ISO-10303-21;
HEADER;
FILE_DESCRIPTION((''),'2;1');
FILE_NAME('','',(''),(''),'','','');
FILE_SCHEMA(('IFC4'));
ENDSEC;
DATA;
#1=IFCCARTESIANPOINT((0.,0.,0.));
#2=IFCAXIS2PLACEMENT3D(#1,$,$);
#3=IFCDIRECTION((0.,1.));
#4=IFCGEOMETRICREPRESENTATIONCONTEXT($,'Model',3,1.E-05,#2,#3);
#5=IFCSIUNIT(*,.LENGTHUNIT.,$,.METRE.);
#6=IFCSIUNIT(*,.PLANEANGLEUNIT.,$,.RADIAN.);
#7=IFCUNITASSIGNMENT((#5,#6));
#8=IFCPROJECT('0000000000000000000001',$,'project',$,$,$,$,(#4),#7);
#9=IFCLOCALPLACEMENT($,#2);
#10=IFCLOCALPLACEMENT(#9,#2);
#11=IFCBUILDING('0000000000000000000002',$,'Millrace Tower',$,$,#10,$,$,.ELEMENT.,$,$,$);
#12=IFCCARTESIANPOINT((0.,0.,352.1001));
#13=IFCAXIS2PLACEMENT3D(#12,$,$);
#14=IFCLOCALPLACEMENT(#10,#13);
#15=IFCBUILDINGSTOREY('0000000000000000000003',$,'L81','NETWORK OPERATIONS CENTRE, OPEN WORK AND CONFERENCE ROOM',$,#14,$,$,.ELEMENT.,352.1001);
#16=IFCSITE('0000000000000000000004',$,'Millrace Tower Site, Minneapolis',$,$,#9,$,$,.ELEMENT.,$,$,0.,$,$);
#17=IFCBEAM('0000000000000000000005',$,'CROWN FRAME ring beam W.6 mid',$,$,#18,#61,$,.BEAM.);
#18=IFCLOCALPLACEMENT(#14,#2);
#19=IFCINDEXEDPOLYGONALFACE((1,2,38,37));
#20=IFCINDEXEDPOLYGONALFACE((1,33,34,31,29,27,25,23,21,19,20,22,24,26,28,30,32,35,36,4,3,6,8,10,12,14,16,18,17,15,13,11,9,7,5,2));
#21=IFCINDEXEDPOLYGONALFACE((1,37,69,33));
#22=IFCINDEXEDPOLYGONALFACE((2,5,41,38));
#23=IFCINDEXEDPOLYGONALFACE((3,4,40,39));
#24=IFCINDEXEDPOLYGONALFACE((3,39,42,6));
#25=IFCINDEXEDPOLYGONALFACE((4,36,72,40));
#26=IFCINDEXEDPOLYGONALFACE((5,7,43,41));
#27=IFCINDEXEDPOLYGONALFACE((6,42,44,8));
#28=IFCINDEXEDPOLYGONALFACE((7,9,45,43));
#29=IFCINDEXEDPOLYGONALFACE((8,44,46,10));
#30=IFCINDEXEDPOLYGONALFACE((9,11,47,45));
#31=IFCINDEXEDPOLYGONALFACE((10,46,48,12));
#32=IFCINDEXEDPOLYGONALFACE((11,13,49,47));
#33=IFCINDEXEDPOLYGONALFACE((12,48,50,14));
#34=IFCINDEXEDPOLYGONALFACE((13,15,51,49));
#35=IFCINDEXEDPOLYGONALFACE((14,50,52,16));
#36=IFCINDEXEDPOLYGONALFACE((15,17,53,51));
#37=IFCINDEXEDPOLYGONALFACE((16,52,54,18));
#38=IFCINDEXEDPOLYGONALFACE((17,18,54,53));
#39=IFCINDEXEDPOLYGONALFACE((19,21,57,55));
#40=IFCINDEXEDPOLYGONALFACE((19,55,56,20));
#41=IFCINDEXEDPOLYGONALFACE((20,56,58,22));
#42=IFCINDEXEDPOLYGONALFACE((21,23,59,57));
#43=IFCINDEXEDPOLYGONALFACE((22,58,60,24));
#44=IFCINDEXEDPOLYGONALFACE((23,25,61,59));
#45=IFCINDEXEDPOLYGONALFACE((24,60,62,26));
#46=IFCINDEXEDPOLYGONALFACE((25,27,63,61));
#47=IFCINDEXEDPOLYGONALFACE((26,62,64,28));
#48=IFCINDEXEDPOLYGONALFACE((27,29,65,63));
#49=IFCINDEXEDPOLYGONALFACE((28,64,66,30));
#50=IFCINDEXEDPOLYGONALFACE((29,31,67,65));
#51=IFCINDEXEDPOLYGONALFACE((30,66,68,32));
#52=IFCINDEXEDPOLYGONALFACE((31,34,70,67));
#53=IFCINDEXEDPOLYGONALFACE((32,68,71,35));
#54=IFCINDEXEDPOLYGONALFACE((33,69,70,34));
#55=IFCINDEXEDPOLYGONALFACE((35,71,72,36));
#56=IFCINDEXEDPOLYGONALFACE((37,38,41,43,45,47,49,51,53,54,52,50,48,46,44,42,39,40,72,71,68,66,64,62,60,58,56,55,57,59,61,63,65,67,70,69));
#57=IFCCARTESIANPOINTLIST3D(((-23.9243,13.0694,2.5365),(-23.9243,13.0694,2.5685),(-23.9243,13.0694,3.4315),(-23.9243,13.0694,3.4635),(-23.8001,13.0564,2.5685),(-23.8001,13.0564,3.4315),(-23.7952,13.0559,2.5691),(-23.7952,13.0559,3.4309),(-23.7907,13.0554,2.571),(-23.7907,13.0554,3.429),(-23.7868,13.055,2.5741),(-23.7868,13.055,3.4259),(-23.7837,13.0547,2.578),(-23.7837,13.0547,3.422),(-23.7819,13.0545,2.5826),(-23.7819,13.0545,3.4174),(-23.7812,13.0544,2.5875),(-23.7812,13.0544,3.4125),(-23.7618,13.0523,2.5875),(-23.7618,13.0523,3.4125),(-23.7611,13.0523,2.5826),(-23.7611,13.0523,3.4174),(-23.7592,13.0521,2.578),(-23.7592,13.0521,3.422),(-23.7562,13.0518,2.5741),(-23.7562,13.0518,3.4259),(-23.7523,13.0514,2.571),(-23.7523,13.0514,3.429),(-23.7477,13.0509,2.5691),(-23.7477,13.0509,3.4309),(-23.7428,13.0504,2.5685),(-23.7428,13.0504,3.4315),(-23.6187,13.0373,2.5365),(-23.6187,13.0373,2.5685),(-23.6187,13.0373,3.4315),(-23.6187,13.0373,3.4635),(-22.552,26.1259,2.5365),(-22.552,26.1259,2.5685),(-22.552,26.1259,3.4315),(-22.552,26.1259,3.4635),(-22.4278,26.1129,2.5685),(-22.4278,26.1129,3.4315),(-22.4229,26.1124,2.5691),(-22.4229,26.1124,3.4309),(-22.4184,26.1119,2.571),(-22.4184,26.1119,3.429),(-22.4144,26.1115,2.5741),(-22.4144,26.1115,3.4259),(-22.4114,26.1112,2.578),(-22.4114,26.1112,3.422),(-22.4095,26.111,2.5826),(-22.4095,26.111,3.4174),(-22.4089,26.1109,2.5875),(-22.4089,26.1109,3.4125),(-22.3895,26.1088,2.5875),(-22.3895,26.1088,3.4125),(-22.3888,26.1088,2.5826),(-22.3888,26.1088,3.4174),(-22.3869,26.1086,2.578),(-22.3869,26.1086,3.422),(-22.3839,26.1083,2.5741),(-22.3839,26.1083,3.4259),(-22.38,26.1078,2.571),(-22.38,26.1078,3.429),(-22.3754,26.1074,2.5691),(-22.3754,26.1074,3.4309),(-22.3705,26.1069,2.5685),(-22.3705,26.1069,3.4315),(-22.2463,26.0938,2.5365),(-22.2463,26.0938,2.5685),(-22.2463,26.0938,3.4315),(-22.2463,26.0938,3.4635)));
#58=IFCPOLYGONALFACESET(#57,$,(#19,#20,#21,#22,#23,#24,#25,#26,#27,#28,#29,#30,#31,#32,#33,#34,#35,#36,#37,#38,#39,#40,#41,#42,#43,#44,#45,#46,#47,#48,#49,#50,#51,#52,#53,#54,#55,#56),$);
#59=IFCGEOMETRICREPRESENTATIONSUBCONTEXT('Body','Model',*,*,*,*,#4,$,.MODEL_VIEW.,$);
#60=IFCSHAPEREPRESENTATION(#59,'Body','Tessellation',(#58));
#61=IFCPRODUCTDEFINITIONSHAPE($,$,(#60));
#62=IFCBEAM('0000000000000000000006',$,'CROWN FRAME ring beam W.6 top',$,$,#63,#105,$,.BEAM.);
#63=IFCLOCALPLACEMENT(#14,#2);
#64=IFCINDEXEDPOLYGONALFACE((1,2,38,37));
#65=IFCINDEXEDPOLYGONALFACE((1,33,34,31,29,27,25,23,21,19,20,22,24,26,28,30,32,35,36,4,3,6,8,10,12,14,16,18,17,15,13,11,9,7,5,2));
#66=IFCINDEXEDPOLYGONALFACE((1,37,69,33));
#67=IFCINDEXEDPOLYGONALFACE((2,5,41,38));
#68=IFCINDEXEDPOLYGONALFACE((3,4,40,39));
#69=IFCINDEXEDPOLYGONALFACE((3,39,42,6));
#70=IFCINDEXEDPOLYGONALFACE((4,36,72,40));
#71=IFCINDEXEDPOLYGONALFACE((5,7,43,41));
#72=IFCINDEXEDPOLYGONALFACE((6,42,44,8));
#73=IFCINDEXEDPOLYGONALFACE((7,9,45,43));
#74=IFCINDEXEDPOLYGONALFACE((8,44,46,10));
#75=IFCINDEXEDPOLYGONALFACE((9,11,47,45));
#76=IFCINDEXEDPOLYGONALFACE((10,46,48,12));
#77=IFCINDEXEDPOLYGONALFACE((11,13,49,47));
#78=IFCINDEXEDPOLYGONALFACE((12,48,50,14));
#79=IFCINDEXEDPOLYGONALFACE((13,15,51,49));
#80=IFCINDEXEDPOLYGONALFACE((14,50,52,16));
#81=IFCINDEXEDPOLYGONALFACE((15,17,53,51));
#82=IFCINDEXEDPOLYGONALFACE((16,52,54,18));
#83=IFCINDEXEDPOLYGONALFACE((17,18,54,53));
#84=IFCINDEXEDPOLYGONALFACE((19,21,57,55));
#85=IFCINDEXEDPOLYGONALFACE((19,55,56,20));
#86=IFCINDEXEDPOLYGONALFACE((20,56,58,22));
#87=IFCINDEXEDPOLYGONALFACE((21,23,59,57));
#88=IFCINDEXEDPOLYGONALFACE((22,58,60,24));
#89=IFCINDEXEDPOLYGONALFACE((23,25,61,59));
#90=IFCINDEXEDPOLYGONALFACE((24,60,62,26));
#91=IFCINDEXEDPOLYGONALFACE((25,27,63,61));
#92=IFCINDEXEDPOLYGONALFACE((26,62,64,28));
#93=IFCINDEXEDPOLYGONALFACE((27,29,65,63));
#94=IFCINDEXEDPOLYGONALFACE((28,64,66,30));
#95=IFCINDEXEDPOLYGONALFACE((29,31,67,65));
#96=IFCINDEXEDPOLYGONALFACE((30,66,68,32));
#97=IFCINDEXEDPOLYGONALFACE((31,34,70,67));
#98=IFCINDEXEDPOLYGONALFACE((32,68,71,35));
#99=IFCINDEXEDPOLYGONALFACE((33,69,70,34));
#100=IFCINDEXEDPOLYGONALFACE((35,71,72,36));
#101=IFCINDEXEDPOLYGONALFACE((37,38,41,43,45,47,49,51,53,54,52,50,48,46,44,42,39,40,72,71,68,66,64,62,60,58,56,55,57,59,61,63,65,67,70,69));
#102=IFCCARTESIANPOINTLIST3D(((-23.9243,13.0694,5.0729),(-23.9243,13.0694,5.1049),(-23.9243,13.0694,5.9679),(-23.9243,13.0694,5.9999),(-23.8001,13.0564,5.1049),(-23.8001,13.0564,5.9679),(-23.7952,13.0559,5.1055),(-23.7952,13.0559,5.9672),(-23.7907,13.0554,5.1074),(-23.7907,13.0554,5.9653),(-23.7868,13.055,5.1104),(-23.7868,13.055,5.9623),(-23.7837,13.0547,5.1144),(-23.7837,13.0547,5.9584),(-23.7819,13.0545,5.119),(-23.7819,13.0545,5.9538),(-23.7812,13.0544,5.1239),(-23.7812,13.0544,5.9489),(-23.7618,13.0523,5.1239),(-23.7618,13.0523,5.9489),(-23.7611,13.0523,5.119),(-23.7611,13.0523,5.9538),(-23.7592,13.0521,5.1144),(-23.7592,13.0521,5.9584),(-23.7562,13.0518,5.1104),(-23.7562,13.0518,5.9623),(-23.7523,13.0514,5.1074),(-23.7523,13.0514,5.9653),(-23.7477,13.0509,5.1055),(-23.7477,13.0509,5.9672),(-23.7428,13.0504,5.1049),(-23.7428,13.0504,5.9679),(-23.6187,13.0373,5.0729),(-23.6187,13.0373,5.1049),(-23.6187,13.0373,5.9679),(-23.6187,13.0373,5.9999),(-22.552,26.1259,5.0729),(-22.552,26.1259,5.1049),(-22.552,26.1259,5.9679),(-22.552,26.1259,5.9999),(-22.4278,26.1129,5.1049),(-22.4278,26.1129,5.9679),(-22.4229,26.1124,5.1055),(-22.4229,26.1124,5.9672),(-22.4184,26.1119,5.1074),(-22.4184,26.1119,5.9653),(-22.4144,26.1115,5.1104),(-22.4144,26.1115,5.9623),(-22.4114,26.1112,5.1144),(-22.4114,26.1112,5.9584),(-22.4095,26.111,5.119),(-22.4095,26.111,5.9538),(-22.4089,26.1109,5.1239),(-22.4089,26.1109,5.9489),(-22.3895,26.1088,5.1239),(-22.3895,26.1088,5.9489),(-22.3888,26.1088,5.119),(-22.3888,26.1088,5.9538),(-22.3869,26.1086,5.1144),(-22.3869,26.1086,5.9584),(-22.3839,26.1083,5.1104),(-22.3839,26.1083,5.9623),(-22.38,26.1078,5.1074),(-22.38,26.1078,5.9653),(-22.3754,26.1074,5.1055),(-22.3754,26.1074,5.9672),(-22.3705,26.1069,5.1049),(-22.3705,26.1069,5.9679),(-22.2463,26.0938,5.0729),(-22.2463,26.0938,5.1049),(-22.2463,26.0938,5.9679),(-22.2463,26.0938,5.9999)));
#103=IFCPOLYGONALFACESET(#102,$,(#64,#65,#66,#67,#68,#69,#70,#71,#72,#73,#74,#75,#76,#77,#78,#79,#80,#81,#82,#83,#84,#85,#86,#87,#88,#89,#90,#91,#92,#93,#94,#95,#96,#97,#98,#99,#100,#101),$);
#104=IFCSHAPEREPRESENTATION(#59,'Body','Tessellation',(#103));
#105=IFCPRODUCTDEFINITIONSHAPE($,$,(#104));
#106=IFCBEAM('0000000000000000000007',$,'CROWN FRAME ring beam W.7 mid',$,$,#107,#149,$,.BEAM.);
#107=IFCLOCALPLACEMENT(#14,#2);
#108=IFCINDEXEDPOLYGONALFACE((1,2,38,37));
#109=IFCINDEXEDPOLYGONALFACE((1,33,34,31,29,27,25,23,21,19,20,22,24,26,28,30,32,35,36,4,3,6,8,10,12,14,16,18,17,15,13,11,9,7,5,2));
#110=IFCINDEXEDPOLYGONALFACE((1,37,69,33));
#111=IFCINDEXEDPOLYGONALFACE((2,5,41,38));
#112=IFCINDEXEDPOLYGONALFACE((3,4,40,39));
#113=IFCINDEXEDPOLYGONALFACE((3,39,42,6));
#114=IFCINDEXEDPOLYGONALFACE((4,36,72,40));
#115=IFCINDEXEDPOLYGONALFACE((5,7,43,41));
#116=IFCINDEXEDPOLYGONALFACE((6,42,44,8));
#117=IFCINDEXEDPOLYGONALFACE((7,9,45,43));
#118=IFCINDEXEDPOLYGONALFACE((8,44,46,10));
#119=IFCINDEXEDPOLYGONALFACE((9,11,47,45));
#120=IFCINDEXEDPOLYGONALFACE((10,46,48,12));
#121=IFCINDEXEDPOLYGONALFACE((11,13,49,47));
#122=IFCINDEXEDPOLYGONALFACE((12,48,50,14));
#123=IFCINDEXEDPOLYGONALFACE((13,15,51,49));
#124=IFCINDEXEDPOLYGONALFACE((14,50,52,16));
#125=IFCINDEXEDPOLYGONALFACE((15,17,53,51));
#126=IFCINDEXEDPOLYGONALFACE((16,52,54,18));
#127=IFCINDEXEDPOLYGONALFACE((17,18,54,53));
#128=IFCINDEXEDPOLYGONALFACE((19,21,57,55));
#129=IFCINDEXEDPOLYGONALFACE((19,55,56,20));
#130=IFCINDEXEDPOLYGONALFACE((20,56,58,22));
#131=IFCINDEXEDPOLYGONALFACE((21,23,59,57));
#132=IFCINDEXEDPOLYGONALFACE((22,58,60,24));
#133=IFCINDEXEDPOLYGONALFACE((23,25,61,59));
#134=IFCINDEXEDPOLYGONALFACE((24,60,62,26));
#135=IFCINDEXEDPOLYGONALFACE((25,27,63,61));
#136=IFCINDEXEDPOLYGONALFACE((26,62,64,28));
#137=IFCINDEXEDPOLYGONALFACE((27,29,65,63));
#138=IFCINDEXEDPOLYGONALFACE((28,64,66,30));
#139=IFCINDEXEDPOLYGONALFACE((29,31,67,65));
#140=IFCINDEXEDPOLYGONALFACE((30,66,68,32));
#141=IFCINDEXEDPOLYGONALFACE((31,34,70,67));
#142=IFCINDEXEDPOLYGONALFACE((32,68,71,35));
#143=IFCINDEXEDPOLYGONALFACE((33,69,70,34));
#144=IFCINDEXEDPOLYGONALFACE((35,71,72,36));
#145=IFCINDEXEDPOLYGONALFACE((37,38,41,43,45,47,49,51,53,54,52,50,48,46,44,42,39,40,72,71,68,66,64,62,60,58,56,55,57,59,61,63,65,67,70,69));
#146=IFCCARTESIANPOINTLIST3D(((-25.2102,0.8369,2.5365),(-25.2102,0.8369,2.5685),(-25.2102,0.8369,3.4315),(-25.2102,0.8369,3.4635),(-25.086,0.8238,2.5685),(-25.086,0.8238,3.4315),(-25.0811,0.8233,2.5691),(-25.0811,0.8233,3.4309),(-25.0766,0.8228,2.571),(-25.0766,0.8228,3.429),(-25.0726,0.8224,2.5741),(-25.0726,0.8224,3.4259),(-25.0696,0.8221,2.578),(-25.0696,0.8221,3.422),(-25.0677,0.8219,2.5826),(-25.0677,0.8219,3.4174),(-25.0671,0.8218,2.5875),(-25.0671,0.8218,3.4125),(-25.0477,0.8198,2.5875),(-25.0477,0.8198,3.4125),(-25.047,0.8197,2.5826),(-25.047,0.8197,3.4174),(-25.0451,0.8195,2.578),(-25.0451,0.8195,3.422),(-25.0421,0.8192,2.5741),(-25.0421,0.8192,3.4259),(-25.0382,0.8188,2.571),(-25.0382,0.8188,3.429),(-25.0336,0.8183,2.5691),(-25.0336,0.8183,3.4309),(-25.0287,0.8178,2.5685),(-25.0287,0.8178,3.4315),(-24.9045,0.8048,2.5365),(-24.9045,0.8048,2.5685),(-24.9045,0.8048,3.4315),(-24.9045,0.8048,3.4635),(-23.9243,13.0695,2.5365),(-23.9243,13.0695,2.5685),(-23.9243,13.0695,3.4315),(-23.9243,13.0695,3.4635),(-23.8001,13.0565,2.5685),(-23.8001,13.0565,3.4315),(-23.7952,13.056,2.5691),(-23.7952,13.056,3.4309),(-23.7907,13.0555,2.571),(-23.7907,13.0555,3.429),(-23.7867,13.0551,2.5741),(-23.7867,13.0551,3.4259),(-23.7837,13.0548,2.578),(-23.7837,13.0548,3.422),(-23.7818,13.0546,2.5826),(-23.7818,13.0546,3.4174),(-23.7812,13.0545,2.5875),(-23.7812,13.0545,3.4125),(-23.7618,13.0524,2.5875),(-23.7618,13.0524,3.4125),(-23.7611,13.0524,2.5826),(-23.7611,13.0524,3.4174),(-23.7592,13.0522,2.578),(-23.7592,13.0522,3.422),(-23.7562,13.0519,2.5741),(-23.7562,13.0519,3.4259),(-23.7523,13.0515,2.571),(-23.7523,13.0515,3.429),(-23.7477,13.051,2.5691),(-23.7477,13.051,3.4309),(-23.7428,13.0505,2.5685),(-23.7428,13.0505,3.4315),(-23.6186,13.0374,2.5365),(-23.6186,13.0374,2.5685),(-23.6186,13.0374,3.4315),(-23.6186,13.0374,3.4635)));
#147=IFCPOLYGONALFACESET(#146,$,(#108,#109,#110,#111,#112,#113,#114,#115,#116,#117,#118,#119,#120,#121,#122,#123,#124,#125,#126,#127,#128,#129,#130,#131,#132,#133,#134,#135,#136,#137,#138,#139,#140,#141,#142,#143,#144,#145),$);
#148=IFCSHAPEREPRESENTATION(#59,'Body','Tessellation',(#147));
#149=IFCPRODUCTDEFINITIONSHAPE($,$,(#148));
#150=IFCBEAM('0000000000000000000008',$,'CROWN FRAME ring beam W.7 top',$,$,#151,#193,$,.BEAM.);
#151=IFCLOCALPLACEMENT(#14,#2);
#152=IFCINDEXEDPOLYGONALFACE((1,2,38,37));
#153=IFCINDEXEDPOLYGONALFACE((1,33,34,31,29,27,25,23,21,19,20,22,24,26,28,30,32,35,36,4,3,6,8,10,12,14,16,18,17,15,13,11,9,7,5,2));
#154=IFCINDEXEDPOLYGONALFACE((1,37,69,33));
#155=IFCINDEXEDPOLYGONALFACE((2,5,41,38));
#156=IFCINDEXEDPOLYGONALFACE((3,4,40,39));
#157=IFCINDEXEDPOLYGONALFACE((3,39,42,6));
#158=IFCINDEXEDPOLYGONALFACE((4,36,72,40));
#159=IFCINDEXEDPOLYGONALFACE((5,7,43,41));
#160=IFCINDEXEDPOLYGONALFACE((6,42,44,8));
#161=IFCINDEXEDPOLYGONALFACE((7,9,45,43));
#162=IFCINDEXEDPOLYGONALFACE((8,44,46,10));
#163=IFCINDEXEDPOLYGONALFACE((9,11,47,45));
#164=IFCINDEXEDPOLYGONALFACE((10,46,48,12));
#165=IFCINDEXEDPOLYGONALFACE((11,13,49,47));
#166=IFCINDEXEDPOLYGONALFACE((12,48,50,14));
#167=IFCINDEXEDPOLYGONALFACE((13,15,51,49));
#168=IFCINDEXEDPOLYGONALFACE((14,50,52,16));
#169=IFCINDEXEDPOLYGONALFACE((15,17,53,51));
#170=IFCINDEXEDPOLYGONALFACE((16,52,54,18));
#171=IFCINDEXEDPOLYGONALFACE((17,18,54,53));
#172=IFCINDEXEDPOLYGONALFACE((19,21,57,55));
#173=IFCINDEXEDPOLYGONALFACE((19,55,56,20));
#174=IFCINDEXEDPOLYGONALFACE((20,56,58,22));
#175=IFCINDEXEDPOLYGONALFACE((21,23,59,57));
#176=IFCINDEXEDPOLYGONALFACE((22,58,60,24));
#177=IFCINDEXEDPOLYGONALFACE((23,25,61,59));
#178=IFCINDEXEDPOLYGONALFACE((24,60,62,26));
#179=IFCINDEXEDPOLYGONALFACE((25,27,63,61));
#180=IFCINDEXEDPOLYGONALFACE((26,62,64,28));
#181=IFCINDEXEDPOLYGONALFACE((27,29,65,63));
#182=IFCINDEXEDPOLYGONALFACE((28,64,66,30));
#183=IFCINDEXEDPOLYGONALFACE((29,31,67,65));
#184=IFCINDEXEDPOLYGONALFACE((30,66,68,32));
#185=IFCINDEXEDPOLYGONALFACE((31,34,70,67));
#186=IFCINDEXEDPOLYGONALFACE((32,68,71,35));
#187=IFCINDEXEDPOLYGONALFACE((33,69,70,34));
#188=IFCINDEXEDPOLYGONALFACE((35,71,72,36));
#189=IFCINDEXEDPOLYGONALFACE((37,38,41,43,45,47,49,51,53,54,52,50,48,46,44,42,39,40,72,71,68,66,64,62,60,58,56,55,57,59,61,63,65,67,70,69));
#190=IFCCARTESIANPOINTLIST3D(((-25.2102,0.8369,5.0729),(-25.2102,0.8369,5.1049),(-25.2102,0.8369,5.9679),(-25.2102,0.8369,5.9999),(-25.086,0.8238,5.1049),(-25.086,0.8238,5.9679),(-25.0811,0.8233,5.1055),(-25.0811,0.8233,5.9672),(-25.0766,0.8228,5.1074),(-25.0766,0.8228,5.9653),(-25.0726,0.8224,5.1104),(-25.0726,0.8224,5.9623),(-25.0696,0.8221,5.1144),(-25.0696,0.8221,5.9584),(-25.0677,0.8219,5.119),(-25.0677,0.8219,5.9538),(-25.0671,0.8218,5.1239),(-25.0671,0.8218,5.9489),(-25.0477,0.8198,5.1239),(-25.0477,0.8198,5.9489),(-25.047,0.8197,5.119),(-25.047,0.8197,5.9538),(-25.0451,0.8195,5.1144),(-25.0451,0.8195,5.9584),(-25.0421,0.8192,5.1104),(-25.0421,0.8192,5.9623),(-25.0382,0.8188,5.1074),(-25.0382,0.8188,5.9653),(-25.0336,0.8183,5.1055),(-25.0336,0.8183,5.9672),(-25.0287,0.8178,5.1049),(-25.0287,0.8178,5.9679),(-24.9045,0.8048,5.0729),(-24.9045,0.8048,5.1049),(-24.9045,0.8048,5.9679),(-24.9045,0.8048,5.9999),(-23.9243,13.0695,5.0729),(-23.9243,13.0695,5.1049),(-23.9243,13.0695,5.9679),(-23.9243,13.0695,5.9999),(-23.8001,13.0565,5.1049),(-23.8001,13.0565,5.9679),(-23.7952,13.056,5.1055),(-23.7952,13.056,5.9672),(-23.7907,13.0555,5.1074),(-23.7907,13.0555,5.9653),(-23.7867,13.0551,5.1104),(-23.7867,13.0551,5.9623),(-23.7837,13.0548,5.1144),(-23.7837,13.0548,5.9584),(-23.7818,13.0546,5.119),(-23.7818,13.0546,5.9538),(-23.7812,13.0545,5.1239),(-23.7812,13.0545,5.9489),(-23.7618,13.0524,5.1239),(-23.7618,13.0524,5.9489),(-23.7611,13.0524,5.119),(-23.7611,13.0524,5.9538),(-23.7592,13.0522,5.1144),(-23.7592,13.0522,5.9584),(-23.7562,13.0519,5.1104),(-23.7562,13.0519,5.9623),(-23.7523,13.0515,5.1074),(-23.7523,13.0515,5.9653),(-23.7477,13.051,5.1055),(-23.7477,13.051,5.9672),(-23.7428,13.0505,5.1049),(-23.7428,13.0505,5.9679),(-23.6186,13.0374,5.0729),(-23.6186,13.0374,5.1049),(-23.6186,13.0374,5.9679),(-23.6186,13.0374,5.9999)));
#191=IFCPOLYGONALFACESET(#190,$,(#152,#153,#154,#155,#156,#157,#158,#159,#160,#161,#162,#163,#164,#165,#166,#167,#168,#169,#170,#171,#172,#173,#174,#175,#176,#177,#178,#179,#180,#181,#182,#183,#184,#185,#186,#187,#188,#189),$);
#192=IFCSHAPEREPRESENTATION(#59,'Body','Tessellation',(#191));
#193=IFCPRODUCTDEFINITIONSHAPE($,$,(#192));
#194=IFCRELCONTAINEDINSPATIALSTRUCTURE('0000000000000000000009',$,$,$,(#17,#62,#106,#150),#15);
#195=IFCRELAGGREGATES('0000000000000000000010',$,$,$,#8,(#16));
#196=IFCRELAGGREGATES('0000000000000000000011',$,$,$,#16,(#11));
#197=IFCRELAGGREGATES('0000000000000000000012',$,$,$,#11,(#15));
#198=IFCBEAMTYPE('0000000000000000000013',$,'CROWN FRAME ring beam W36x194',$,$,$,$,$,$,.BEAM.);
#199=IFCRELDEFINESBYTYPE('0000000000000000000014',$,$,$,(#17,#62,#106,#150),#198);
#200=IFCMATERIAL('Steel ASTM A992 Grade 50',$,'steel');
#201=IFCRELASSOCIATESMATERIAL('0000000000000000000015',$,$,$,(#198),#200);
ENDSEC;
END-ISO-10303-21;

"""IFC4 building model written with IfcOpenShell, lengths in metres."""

from ifc_helpers import new_model, si_unit, direction, frame, origin, origin_2d, place, context, subcontext, project, spatial, i_section, extrude, material, material_profile, profile_set, type_object, element, save


model = new_model("IFC4")

# Units and contexts
model_context = context("Model", 3, precision=1e-05, world=origin(), true_north=direction((0.0, 1.0)))
body_context = subcontext(model_context, "Body", "Model", "MODEL_VIEW")
ifc_project = project(units=[si_unit("LENGTHUNIT", "METRE"), si_unit("PLANEANGLEUNIT", "RADIAN")], contexts=[model_context])

# Site, building, storey
site_placement = place(None, origin())
site = spatial("IfcSite", under=ifc_project, at=site_placement, Name="Millrace Tower Site, Minneapolis", CompositionType="ELEMENT", RefElevation=0.0)
building_placement = place(site_placement, origin())
building = spatial("IfcBuilding", under=site, at=building_placement, Name="Millrace Tower", CompositionType="ELEMENT")
storey_placement = place(building_placement, frame((0.0, 0.0, 352.1001)))
storey = spatial("IfcBuildingStorey", under=building, at=storey_placement, Name="L81", Description="NETWORK OPERATIONS CENTRE, OPEN WORK AND CONFERENCE ROOM", CompositionType="ELEMENT", Elevation=352.1001)

# Beams
ifc_material_1 = material(Name="Steel ASTM A992 Grade 50", Category="steel")
ifc_material_profile_1 = material_profile(ifc_material_1, i_section(OverallWidth=0.3074, OverallDepth=0.927, WebThickness=0.0195, FlangeThickness=0.032, FilletRadius=0.019, at=origin_2d()))
ifc_profile_set_1 = profile_set([ifc_material_profile_1], Name="Steel ASTM A992 Grade 50")
beam_type_1 = type_object("IfcBeamType", Name="CROWN FRAME ring beam W36x194", PredefinedType="BEAM", material=ifc_profile_set_1)
for number, where, z_axis, x_axis, name in (
    (1, (-22.3992, 26.1099, 3.0), (-0.104531, -0.994522, 0.0), (0.994522, -0.104531, 0.0), "CROWN FRAME ring beam W.6 mid"),
    (2, (-22.3992, 26.1099, 5.5364), (-0.104531, -0.994522, 0.0), (0.994522, -0.104531, 0.0), "CROWN FRAME ring beam W.6 top"),
):
    element("IfcBeam", number, at=place(storey_placement, frame(where, z_axis=z_axis, x_axis=x_axis)), inside=storey, type_object=beam_type_1, Name=name, PredefinedType="BEAM", context=body_context, shape_type="SweptSolid", body=[
        extrude(i_section(OverallWidth=0.3074, OverallDepth=0.927, WebThickness=0.0195, FlangeThickness=0.032, FilletRadius=0.019, at=origin_2d()), origin(), (0.0, 0.0, 1.0), 13.1284),
    ])
for number, where, z_axis, x_axis, name in (
    (3, (-23.7715, 13.0535, 3.0), (-0.104543, -0.99452, 0.0), (0.99452, -0.104543, 0.0), "CROWN FRAME ring beam W.7 mid"),
    (4, (-23.7715, 13.0535, 5.5364), (-0.104543, -0.99452, 0.0), (0.99452, -0.104543, 0.0), "CROWN FRAME ring beam W.7 top"),
):
    element("IfcBeam", number, at=place(storey_placement, frame(where, z_axis=z_axis, x_axis=x_axis)), inside=storey, type_object=beam_type_1, Name=name, PredefinedType="BEAM", context=body_context, shape_type="SweptSolid", body=[
        extrude(i_section(OverallWidth=0.3074, OverallDepth=0.927, WebThickness=0.0195, FlangeThickness=0.032, FilletRadius=0.019, at=origin_2d()), origin(), (0.0, 0.0, 1.0), 12.3),
    ])

save(model, "model.ifc")
